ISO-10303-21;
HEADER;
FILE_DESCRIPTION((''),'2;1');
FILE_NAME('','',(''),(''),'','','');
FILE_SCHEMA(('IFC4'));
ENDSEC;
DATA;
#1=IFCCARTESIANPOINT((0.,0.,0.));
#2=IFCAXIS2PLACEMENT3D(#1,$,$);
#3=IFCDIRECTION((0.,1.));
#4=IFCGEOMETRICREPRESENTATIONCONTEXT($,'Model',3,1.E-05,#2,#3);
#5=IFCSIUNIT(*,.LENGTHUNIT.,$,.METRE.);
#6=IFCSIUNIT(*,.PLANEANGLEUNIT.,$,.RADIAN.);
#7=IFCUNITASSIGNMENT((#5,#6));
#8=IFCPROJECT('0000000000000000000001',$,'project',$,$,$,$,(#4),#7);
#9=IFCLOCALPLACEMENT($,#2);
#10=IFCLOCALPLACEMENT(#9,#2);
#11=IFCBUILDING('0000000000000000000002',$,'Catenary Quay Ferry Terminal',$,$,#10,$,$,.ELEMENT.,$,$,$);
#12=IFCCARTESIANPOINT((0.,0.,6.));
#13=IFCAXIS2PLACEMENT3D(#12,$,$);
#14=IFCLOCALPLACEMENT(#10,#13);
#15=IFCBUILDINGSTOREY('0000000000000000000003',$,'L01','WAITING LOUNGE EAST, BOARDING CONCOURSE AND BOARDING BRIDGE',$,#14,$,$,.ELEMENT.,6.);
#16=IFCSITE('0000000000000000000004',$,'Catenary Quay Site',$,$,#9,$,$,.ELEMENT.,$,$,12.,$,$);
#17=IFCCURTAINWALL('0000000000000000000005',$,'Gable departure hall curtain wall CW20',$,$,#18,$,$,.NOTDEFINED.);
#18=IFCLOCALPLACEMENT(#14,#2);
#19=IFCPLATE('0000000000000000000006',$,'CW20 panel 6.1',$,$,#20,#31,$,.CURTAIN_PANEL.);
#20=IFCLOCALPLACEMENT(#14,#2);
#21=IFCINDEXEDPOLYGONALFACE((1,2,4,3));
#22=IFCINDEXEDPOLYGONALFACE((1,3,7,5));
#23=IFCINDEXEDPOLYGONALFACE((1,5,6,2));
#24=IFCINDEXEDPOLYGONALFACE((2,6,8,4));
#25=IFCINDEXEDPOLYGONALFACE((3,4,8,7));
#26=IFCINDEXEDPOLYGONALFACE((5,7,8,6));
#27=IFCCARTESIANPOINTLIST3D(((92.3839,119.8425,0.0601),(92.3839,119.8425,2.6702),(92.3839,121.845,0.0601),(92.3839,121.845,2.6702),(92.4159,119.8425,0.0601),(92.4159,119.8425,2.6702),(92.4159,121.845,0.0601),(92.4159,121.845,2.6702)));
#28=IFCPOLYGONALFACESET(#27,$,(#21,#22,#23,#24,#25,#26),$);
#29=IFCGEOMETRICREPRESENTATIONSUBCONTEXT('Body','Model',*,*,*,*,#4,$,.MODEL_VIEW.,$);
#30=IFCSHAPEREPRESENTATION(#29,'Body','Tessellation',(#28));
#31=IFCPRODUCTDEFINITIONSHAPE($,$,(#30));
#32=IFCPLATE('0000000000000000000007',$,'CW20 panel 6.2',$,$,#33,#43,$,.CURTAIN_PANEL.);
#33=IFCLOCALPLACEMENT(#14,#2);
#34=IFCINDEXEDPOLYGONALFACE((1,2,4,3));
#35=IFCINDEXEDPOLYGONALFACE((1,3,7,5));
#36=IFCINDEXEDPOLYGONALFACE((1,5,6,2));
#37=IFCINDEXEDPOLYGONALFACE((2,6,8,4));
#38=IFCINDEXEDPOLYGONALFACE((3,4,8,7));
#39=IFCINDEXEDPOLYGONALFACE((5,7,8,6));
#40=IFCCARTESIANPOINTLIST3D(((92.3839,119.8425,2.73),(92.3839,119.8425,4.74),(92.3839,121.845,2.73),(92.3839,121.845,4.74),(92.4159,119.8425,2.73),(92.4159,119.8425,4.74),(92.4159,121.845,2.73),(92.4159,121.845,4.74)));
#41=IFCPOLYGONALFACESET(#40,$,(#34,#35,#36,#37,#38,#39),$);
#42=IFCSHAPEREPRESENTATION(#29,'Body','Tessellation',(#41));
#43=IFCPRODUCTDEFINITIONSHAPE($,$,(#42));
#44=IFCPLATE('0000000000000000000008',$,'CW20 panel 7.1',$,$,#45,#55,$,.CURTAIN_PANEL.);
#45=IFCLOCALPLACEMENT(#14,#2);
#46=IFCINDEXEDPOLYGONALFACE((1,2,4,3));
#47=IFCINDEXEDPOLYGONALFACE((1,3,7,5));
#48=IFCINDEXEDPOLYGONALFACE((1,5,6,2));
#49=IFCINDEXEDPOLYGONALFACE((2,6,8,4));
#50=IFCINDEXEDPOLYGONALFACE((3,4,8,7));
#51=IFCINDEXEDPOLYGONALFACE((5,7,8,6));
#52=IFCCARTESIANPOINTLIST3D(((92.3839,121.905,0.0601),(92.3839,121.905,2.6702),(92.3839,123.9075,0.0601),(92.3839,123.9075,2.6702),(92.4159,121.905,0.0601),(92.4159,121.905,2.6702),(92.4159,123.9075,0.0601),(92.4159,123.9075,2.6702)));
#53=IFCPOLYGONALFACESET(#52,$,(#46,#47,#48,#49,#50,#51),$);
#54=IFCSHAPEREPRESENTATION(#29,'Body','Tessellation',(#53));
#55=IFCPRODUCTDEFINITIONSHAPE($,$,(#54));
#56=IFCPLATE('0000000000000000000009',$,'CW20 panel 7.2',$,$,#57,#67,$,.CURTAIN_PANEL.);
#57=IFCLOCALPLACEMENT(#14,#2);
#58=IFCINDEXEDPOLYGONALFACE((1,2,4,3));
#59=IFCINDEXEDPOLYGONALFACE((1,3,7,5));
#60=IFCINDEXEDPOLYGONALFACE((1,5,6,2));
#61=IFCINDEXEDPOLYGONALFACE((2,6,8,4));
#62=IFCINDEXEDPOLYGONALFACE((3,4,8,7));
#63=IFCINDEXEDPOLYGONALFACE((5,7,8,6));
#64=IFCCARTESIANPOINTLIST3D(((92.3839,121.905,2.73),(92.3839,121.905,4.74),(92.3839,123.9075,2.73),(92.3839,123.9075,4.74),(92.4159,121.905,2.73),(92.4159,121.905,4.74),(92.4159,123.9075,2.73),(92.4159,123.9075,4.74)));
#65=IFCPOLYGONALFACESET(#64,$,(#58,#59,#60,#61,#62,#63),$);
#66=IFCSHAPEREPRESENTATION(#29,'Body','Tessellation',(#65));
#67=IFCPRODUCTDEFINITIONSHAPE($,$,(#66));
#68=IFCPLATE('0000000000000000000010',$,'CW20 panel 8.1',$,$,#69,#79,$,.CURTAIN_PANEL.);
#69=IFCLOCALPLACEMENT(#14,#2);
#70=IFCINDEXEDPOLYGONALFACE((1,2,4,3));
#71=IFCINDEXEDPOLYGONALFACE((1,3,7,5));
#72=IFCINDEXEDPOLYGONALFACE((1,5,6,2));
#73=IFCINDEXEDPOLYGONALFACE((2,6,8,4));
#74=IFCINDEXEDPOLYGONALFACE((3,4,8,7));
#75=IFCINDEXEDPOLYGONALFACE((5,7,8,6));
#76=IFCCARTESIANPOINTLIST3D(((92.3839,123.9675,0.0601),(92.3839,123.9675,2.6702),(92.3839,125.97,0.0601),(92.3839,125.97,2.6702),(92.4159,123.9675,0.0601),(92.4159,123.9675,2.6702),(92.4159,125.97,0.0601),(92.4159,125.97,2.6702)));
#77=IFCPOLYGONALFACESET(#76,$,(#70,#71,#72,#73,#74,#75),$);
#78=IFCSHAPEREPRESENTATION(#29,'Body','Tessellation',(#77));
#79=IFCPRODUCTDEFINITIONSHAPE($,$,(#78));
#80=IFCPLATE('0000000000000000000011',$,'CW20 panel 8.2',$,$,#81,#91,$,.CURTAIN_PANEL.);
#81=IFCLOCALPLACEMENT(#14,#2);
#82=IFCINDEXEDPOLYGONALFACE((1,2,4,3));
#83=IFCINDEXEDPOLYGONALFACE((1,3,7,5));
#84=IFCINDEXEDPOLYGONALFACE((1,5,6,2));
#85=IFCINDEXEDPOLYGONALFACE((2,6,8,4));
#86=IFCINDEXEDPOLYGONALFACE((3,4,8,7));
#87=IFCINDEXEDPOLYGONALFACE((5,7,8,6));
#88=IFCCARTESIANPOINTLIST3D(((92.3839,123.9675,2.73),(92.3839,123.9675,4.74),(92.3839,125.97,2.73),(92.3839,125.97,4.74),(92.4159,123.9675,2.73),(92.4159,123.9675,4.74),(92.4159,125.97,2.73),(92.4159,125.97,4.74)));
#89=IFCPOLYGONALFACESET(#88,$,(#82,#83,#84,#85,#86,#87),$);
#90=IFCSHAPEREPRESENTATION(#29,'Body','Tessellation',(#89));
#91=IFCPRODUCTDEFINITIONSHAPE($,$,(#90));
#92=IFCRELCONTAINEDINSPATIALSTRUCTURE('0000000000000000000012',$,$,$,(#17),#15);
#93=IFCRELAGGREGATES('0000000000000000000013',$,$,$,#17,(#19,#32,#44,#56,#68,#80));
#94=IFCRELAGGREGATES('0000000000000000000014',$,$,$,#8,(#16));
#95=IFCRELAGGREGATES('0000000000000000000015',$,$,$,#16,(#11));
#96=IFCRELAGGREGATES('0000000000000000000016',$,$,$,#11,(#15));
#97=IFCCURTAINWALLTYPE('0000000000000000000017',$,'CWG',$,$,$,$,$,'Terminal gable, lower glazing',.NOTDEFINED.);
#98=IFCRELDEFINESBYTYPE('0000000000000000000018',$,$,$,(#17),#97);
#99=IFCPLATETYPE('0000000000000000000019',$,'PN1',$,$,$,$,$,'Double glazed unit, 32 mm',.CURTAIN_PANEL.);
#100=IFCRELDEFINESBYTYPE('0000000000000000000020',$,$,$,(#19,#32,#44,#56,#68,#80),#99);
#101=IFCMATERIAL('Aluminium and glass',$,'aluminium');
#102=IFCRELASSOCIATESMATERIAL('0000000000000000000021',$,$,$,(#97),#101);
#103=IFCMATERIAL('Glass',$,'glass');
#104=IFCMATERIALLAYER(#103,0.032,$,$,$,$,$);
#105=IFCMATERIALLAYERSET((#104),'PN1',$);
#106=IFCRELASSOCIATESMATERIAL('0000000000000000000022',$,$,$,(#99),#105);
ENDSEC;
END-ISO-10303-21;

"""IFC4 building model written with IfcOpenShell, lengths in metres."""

from ifc_helpers import new_model, si_unit, direction, frame, origin, origin_2d, place, context, subcontext, project, spatial, rectangle, extrude, material, layer, layer_set, type_object, element, aggregate, save


model = new_model("IFC4")

# Units and contexts
model_context = context("Model", 3, precision=1e-05, world=origin(), true_north=direction((0.0, 1.0)))
body_context = subcontext(model_context, "Body", "Model", "MODEL_VIEW")
ifc_project = project(units=[si_unit("LENGTHUNIT", "METRE"), si_unit("PLANEANGLEUNIT", "RADIAN")], contexts=[model_context])

# Site, building, storey
site_placement = place(None, origin())
site = spatial("IfcSite", under=ifc_project, at=site_placement, Name="Catenary Quay Site", CompositionType="ELEMENT", RefElevation=12.0)
building_placement = place(site_placement, origin())
building = spatial("IfcBuilding", under=site, at=building_placement, Name="Catenary Quay Ferry Terminal", CompositionType="ELEMENT")
storey_placement = place(building_placement, frame((0.0, 0.0, 6.0)))
storey = spatial("IfcBuildingStorey", under=building, at=storey_placement, Name="L01", Description="WAITING LOUNGE EAST, BOARDING CONCOURSE AND BOARDING BRIDGE", CompositionType="ELEMENT", Elevation=6.0)

# Curtain wall, plates
ifc_material_1 = material(Name="Aluminium and glass", Category="aluminium")
curtain_wall_type = type_object("IfcCurtainWallType", Name="CWG", ElementType="Terminal gable, lower glazing", PredefinedType="NOTDEFINED", material=ifc_material_1)
curtain_wall_placement = place(storey_placement, origin())
curtain_wall = element("IfcCurtainWall", 1, at=curtain_wall_placement, inside=storey, type_object=curtain_wall_type, Name="Gable departure hall curtain wall CW20", PredefinedType="NOTDEFINED")
ifc_material_2 = material(Name="Glass", Category="glass")
ifc_layer = layer(ifc_material_2, 0.032)
ifc_layer_set = layer_set([ifc_layer], Name="PN1")
plate_type = type_object("IfcPlateType", Name="PN1", ElementType="Double glazed unit, 32 mm", PredefinedType="CURTAIN_PANEL", material=ifc_layer_set)
plate_1_placement = place(storey_placement, frame((92.3999, 120.8438, 0.0601), z_axis=(0.0, 0.0, 1.0), x_axis=(0.0, 1.0, 0.0)))
plate_1 = element("IfcPlate", 2, at=plate_1_placement, type_object=plate_type, Name="CW20 panel 6.1", PredefinedType="CURTAIN_PANEL", context=body_context, shape_type="SweptSolid", body=[
    extrude(rectangle(XDim=2.0024, YDim=0.032, at=origin_2d()), origin(), (0.0, 0.0, 1.0), 2.6101),
])
plate_2_placement = place(storey_placement, frame((92.3999, 120.8438, 2.73), z_axis=(0.0, 0.0, 1.0), x_axis=(0.0, 1.0, 0.0)))
plate_2 = element("IfcPlate", 3, at=plate_2_placement, type_object=plate_type, Name="CW20 panel 6.2", PredefinedType="CURTAIN_PANEL", context=body_context, shape_type="SweptSolid", body=[
    extrude(rectangle(XDim=2.0024, YDim=0.032, at=origin_2d()), origin(), (0.0, 0.0, 1.0), 2.01),
])
plate_3_placement = place(storey_placement, frame((92.3999, 122.9062, 0.0601), z_axis=(0.0, 0.0, 1.0), x_axis=(0.0, 1.0, 0.0)))
plate_3 = element("IfcPlate", 4, at=plate_3_placement, type_object=plate_type, Name="CW20 panel 7.1", PredefinedType="CURTAIN_PANEL", context=body_context, shape_type="SweptSolid", body=[
    extrude(rectangle(XDim=2.0024, YDim=0.032, at=origin_2d()), origin(), (0.0, 0.0, 1.0), 2.6101),
])
plate_4_placement = place(storey_placement, frame((92.3999, 122.9062, 2.73), z_axis=(0.0, 0.0, 1.0), x_axis=(0.0, 1.0, 0.0)))
plate_4 = element("IfcPlate", 5, at=plate_4_placement, type_object=plate_type, Name="CW20 panel 7.2", PredefinedType="CURTAIN_PANEL", context=body_context, shape_type="SweptSolid", body=[
    extrude(rectangle(XDim=2.0024, YDim=0.032, at=origin_2d()), origin(), (0.0, 0.0, 1.0), 2.01),
])
plate_5_placement = place(storey_placement, frame((92.3999, 124.9688, 0.0601), z_axis=(0.0, 0.0, 1.0), x_axis=(0.0, 1.0, 0.0)))
plate_5 = element("IfcPlate", 6, at=plate_5_placement, type_object=plate_type, Name="CW20 panel 8.1", PredefinedType="CURTAIN_PANEL", context=body_context, shape_type="SweptSolid", body=[
    extrude(rectangle(XDim=2.0024, YDim=0.032, at=origin_2d()), origin(), (0.0, 0.0, 1.0), 2.6101),
])
plate_6_placement = place(storey_placement, frame((92.3999, 124.9688, 2.73), z_axis=(0.0, 0.0, 1.0), x_axis=(0.0, 1.0, 0.0)))
plate_6 = element("IfcPlate", 7, at=plate_6_placement, type_object=plate_type, Name="CW20 panel 8.2", PredefinedType="CURTAIN_PANEL", context=body_context, shape_type="SweptSolid", body=[
    extrude(rectangle(XDim=2.0024, YDim=0.032, at=origin_2d()), origin(), (0.0, 0.0, 1.0), 2.01),
])
aggregate(curtain_wall, [plate_1, plate_2, plate_3, plate_4, plate_5, plate_6])

save(model, "model.ifc")
